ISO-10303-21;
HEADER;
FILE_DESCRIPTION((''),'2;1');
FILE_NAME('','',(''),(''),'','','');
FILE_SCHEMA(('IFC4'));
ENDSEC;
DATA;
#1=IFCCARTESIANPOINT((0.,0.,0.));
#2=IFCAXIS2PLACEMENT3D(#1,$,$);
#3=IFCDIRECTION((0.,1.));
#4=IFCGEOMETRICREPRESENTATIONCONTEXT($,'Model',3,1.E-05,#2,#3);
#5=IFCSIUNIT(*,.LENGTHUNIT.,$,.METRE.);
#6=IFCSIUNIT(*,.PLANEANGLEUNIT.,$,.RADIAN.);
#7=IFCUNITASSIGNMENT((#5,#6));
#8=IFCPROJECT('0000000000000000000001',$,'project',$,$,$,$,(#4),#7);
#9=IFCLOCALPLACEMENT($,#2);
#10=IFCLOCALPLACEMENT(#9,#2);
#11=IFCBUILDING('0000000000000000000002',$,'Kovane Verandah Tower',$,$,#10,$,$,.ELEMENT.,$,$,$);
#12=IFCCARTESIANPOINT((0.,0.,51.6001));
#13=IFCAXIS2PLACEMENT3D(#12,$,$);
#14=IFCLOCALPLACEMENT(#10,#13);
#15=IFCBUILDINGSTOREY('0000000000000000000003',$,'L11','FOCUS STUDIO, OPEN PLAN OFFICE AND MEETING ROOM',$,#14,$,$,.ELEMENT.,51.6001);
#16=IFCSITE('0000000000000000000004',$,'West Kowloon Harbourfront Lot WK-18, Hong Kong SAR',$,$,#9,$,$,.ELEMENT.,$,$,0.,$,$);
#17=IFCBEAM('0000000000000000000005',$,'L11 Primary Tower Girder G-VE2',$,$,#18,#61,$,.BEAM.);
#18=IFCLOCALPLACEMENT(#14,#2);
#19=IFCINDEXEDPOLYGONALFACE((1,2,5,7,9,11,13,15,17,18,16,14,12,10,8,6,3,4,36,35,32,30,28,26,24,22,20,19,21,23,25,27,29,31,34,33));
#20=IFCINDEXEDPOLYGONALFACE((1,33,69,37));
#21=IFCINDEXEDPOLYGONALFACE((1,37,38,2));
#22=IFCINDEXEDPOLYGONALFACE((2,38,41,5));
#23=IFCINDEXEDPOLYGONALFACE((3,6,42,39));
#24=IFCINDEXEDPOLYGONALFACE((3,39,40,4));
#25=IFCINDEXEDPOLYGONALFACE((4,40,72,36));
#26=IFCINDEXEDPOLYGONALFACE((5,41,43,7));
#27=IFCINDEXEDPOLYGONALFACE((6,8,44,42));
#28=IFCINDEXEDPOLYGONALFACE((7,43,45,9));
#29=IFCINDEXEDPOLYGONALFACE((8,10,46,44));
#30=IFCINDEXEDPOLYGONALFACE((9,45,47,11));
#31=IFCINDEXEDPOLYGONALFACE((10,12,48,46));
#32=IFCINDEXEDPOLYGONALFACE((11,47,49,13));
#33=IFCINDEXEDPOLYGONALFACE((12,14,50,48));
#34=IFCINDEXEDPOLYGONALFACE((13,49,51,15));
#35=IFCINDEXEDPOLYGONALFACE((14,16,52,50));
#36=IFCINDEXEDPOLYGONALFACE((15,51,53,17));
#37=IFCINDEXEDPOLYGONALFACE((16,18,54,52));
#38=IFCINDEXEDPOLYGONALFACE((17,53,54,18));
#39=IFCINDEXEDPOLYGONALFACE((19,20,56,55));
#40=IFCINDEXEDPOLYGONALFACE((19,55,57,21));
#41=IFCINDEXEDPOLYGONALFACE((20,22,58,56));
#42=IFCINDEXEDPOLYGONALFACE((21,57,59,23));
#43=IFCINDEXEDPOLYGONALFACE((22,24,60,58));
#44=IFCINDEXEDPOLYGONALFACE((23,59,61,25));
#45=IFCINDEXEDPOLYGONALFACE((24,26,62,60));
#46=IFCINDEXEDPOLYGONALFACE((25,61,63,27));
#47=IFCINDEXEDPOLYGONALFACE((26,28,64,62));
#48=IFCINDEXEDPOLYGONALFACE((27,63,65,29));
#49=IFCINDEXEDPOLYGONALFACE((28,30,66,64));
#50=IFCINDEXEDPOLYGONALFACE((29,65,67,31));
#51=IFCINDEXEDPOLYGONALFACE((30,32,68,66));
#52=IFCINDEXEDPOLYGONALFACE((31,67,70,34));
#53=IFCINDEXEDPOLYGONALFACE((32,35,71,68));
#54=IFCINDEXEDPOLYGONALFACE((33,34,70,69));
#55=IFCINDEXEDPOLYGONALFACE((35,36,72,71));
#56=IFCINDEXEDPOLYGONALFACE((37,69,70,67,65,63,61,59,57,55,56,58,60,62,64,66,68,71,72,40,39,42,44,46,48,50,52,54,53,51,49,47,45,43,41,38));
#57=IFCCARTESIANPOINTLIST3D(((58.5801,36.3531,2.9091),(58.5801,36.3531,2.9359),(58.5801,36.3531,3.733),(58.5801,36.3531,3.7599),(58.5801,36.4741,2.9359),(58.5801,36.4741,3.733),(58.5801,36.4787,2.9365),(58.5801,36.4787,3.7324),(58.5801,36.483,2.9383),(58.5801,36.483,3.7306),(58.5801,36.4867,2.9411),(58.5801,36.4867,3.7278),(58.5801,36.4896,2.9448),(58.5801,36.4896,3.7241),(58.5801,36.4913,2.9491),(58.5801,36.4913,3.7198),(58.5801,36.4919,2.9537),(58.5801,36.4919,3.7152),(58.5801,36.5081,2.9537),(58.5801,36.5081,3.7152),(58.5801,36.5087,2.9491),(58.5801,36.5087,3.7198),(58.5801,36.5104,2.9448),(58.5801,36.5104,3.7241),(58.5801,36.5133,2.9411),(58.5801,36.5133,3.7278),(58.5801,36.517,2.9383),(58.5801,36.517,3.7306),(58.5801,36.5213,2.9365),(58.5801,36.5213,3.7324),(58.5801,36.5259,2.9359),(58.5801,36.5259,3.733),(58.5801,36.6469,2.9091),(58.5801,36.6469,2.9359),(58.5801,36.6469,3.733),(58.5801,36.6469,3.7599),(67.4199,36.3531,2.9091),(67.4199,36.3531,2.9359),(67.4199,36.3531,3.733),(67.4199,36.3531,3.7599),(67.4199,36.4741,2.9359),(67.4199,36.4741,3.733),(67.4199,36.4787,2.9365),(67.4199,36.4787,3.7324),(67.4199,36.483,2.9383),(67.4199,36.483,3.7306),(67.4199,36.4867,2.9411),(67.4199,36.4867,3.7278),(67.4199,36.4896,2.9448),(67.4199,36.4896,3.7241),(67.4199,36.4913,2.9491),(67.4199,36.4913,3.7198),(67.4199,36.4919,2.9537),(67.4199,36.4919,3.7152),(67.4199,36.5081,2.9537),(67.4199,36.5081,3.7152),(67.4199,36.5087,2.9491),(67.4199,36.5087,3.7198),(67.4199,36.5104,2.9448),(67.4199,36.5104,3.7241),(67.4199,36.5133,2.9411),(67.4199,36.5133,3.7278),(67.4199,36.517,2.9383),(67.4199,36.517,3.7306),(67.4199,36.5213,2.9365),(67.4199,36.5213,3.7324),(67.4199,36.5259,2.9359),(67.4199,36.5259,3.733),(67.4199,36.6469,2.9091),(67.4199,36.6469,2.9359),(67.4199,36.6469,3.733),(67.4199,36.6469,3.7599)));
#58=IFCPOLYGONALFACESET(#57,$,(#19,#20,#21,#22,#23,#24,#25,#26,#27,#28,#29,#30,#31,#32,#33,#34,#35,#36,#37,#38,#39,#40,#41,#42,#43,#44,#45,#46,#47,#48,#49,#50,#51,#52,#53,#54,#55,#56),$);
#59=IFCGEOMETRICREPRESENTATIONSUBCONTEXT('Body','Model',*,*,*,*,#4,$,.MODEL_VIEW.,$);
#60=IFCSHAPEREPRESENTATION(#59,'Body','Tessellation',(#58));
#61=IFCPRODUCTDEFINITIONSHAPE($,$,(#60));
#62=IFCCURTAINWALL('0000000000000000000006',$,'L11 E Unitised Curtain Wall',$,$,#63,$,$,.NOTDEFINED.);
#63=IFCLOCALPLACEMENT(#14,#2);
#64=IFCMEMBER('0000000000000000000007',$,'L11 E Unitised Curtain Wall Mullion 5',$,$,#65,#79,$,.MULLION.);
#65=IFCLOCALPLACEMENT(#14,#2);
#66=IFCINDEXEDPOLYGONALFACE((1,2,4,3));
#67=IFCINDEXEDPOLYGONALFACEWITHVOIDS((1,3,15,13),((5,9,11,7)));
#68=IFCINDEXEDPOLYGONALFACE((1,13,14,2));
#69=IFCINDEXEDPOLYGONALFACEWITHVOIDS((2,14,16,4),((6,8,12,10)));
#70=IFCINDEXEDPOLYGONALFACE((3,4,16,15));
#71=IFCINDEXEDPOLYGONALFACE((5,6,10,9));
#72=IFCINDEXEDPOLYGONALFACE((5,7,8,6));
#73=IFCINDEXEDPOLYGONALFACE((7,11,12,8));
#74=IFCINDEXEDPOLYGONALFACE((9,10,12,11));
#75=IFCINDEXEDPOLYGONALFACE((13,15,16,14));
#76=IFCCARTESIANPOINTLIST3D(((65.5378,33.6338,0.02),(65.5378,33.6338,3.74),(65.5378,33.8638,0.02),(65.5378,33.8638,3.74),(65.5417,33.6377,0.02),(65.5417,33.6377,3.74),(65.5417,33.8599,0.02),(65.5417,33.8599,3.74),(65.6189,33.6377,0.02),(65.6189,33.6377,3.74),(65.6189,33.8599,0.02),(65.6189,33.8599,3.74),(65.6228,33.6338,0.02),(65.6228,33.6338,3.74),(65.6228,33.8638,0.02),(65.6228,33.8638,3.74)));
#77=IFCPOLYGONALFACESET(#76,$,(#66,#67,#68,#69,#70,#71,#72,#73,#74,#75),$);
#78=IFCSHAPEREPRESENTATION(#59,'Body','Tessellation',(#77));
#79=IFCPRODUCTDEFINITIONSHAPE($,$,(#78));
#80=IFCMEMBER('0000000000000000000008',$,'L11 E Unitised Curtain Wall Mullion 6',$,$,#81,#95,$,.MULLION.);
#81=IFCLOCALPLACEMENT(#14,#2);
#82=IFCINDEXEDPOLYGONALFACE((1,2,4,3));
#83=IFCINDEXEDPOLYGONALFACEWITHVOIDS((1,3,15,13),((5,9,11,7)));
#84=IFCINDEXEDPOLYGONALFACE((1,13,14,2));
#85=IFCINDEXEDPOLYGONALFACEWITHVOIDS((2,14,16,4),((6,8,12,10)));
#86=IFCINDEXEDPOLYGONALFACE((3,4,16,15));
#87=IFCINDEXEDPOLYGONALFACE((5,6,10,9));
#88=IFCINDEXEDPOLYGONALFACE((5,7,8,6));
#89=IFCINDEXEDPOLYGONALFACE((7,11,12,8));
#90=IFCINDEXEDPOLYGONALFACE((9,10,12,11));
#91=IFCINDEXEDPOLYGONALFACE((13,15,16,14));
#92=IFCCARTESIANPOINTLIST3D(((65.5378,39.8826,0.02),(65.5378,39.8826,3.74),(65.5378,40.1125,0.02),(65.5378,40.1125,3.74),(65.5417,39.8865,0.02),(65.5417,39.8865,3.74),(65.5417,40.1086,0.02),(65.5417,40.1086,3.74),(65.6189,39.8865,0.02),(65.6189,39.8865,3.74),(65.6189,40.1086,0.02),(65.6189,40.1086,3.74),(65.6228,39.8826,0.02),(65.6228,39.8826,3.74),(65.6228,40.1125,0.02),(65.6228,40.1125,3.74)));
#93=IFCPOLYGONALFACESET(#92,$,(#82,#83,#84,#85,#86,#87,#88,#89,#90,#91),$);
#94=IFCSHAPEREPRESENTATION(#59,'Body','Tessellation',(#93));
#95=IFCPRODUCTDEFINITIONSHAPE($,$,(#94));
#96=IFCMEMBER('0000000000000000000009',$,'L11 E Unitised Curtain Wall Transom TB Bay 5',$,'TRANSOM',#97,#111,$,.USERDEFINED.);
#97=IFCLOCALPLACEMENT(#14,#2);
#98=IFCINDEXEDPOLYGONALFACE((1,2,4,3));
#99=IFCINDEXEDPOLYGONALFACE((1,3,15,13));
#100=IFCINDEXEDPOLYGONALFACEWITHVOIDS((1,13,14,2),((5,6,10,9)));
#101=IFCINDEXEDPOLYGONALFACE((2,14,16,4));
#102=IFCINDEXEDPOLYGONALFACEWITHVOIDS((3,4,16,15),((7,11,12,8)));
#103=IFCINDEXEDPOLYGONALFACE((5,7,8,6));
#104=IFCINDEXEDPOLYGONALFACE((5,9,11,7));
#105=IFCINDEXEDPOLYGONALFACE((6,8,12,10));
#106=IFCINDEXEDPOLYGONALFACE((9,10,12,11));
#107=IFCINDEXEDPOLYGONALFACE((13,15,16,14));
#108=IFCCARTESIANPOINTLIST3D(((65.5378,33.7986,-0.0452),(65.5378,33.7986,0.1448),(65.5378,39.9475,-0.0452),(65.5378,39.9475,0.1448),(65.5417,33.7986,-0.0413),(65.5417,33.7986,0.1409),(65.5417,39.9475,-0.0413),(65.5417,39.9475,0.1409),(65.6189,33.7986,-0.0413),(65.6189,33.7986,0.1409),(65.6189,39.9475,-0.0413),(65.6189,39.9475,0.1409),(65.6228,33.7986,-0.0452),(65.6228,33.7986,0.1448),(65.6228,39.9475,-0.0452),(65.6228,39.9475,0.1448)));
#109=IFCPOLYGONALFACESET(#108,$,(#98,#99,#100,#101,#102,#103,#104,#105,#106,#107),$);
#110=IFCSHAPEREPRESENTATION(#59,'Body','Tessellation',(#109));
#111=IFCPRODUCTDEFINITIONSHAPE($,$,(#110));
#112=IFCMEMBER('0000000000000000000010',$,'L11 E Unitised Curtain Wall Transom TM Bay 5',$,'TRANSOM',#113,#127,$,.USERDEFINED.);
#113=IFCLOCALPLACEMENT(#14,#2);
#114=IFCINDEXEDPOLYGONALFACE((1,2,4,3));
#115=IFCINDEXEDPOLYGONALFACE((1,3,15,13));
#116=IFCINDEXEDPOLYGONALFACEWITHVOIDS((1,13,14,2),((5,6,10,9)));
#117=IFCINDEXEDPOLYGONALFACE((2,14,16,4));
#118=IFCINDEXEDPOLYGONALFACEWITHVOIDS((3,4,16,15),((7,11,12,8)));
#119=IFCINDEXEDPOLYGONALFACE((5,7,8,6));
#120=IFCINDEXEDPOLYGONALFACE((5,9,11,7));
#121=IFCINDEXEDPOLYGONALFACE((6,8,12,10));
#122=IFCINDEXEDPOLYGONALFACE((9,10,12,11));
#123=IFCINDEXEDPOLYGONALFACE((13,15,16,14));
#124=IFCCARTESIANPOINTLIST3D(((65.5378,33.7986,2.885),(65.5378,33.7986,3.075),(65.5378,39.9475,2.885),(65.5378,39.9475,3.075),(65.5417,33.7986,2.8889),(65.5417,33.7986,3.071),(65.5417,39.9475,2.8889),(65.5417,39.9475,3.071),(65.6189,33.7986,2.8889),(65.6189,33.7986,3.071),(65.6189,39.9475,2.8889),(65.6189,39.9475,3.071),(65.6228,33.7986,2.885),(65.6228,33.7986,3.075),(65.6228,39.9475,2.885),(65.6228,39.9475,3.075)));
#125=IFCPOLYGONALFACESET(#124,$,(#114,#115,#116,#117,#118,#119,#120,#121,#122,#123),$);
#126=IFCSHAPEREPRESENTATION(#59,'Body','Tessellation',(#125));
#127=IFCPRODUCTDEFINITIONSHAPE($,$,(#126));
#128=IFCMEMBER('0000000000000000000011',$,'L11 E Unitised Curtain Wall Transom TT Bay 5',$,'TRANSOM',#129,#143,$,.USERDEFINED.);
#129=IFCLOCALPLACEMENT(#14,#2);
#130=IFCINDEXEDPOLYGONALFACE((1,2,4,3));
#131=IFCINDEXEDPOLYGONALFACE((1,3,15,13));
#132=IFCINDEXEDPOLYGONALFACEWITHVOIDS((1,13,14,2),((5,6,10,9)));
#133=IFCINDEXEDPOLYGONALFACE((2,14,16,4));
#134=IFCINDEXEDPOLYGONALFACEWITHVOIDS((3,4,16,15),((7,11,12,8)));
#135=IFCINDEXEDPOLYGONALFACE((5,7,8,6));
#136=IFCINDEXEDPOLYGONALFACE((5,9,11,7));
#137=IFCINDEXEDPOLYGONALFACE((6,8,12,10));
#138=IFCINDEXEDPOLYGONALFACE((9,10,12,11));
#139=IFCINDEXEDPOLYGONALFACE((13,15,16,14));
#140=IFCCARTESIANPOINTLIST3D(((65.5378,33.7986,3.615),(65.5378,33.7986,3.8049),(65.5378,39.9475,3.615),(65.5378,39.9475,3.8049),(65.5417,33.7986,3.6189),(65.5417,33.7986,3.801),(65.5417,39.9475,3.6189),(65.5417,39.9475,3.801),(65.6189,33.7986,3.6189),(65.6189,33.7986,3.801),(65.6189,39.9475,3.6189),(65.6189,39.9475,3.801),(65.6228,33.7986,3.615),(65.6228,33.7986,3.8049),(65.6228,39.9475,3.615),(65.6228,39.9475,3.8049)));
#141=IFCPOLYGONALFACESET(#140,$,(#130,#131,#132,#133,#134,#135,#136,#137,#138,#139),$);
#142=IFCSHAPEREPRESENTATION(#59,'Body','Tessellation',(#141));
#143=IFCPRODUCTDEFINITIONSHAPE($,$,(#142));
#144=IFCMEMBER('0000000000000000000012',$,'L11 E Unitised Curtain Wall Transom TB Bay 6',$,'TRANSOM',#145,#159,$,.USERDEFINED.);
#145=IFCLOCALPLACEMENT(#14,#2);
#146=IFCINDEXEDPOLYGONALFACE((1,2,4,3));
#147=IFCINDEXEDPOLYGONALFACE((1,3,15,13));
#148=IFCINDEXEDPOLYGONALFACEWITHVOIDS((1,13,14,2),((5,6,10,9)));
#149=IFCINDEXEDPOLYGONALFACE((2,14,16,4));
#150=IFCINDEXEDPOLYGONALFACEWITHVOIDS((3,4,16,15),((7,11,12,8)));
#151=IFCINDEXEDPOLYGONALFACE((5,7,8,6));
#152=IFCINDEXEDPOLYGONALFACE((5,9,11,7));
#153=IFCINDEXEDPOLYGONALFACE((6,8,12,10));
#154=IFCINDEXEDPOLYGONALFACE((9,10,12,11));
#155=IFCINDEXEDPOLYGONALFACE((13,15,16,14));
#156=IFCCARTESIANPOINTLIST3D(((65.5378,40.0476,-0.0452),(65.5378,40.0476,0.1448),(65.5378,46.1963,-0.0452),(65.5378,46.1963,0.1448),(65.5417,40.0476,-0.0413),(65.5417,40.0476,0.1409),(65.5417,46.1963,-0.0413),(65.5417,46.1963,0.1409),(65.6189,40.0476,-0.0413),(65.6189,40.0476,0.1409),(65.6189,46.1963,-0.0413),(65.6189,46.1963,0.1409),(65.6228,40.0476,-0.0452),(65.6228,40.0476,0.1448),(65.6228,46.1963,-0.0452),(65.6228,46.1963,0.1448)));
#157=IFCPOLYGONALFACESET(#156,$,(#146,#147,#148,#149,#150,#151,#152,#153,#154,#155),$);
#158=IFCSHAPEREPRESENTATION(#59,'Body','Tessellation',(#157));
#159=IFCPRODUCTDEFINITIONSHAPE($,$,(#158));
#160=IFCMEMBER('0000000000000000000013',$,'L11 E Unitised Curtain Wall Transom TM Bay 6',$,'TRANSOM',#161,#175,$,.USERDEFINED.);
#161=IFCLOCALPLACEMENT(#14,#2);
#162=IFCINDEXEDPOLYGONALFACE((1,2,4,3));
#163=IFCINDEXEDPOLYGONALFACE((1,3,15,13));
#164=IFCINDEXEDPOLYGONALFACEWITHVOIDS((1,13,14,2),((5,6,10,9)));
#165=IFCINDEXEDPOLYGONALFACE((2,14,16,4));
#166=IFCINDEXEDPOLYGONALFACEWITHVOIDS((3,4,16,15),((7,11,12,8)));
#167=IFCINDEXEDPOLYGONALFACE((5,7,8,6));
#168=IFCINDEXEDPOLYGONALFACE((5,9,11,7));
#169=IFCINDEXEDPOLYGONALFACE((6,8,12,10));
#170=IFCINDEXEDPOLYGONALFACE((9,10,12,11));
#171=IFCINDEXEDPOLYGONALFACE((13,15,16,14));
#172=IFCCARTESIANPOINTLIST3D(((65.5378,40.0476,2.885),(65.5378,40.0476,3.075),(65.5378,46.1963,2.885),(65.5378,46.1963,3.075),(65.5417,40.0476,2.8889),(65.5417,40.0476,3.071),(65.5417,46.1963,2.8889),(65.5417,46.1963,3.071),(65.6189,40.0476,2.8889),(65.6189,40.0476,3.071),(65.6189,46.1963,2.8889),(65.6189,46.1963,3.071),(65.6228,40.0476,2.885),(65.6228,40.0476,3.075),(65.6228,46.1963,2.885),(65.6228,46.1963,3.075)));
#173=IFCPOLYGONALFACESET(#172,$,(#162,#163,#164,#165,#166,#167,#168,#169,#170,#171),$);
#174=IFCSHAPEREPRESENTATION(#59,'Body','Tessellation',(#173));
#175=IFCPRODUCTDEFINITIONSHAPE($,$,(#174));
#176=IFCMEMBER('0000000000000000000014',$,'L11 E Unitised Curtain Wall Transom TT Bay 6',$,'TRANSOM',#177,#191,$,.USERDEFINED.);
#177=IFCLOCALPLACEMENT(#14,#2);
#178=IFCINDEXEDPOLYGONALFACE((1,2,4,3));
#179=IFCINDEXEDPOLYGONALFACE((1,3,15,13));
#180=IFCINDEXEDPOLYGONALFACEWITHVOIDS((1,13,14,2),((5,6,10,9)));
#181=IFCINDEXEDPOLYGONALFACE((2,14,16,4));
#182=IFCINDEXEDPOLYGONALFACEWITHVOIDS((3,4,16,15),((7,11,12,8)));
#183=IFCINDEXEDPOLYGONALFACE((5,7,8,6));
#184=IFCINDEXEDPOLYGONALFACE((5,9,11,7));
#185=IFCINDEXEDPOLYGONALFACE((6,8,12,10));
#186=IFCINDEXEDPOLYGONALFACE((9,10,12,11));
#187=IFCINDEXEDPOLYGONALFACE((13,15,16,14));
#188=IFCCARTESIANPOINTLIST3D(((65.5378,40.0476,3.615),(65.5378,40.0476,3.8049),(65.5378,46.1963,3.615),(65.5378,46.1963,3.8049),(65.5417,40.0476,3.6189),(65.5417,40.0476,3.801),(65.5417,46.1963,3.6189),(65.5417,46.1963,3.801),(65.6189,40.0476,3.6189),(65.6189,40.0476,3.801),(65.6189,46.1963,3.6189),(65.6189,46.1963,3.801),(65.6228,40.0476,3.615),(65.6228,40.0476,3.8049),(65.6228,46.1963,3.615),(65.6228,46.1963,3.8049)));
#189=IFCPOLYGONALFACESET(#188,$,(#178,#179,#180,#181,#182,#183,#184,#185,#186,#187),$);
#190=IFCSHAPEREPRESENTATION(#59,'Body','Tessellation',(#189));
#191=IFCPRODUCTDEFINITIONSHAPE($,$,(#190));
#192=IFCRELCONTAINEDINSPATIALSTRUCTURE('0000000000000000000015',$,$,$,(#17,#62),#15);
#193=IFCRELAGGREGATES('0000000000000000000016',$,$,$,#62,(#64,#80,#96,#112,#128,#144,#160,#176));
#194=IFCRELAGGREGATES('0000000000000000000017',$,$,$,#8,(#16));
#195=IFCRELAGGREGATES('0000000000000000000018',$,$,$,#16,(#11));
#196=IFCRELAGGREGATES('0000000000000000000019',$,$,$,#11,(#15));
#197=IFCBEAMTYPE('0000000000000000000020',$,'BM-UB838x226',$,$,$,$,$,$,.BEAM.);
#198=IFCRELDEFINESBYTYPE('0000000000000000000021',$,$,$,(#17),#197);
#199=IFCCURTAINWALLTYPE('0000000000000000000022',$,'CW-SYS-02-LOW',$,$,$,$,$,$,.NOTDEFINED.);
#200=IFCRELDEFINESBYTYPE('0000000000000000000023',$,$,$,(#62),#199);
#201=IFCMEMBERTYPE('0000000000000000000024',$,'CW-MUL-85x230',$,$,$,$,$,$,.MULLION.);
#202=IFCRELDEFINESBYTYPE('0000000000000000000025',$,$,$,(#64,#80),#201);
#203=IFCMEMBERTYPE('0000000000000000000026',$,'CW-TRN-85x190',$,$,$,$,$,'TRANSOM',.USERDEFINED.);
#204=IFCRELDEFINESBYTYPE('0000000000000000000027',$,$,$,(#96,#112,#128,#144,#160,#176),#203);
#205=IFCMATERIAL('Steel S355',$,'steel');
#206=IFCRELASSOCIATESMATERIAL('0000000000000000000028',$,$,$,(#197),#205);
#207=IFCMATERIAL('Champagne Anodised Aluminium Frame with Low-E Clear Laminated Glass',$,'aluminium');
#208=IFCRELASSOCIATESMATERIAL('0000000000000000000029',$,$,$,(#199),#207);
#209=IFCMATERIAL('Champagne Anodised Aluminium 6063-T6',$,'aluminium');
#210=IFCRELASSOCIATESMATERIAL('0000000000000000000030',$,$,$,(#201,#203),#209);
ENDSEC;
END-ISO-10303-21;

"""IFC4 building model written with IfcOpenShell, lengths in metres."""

from ifc_helpers import new_model, si_unit, direction, frame, origin, origin_2d, place, context, subcontext, project, spatial, hollow_rectangle, i_section, extrude, material, material_profile, profile_set, type_object, element, aggregate, save


model = new_model("IFC4")

# Units and contexts
model_context = context("Model", 3, precision=1e-05, world=origin(), true_north=direction((0.0, 1.0)))
body_context = subcontext(model_context, "Body", "Model", "MODEL_VIEW")
ifc_project = project(units=[si_unit("LENGTHUNIT", "METRE"), si_unit("PLANEANGLEUNIT", "RADIAN")], contexts=[model_context])

# Site, building, storey
site_placement = place(None, origin())
site = spatial("IfcSite", under=ifc_project, at=site_placement, Name="West Kowloon Harbourfront Lot WK-18, Hong Kong SAR", CompositionType="ELEMENT", RefElevation=0.0)
building_placement = place(site_placement, origin())
building = spatial("IfcBuilding", under=site, at=building_placement, Name="Kovane Verandah Tower", CompositionType="ELEMENT")
storey_placement = place(building_placement, frame((0.0, 0.0, 51.6001)))
storey = spatial("IfcBuildingStorey", under=building, at=storey_placement, Name="L11", Description="FOCUS STUDIO, OPEN PLAN OFFICE AND MEETING ROOM", CompositionType="ELEMENT", Elevation=51.6001)

# Beam
ifc_material_1 = material(Name="Steel S355", Category="steel")
ifc_material_profile_1 = material_profile(ifc_material_1, i_section(OverallWidth=0.2937, OverallDepth=0.8508, WebThickness=0.0161, FlangeThickness=0.0269, FilletRadius=0.0178, at=origin_2d()), Name="UB838x292x226")
ifc_profile_set_1 = profile_set([ifc_material_profile_1], Name="Steel S355")
beam_type_1 = type_object("IfcBeamType", Name="BM-UB838x226", PredefinedType="BEAM", material=ifc_profile_set_1)
beam_1_placement = place(storey_placement, frame((58.5801, 36.5, 3.3345), z_axis=(1.0, 0.0, 0.0), x_axis=(0.0, 1.0, 0.0)))
element("IfcBeam", 1, at=beam_1_placement, inside=storey, type_object=beam_type_1, Name="L11 Primary Tower Girder G-VE2", PredefinedType="BEAM", context=body_context, shape_type="SweptSolid", body=[
    extrude(i_section(OverallWidth=0.2937, OverallDepth=0.8508, WebThickness=0.0161, FlangeThickness=0.0269, FilletRadius=0.0178, at=origin_2d()), origin(), (0.0, 0.0, 1.0), 8.8398),
])

# Curtain wall, members
ifc_material_2 = material(Name="Champagne Anodised Aluminium Frame with Low-E Clear Laminated Glass", Category="aluminium")
curtain_wall_type = type_object("IfcCurtainWallType", Name="CW-SYS-02-LOW", PredefinedType="NOTDEFINED", material=ifc_material_2)
curtain_wall_placement = place(storey_placement, origin())
curtain_wall = element("IfcCurtainWall", 2, at=curtain_wall_placement, inside=storey, type_object=curtain_wall_type, Name="L11 E Unitised Curtain Wall", PredefinedType="NOTDEFINED")
ifc_material_3 = material(Name="Champagne Anodised Aluminium 6063-T6", Category="aluminium")
ifc_material_profile_2 = material_profile(ifc_material_3, hollow_rectangle(XDim=0.085, YDim=0.23, WallThickness=0.0039, at=origin_2d()), Name="AL85x230x4")
ifc_profile_set_2 = profile_set([ifc_material_profile_2], Name="Champagne Anodised Aluminium 6063-T6")
member_type_1 = type_object("IfcMemberType", Name="CW-MUL-85x230", PredefinedType="MULLION", material=ifc_profile_set_2)
member_1_placement = place(storey_placement, frame((65.5803, 33.7488, 0.02), z_axis=(0.0, 0.0, 1.0), x_axis=(1.0, 0.0, 0.0)))
member_1 = element("IfcMember", 3, at=member_1_placement, type_object=member_type_1, Name="L11 E Unitised Curtain Wall Mullion 5", PredefinedType="MULLION", context=body_context, shape_type="SweptSolid", body=[
    extrude(hollow_rectangle(XDim=0.085, YDim=0.23, WallThickness=0.0039, at=origin_2d()), origin(), (0.0, 0.0, 1.0), 3.72),
])
member_2_placement = place(storey_placement, frame((65.5803, 39.9976, 0.02), z_axis=(0.0, 0.0, 1.0), x_axis=(1.0, 0.0, 0.0)))
member_2 = element("IfcMember", 4, at=member_2_placement, type_object=member_type_1, Name="L11 E Unitised Curtain Wall Mullion 6", PredefinedType="MULLION", context=body_context, shape_type="SweptSolid", body=[
    extrude(hollow_rectangle(XDim=0.085, YDim=0.23, WallThickness=0.0039, at=origin_2d()), origin(), (0.0, 0.0, 1.0), 3.72),
])
ifc_material_profile_3 = material_profile(ifc_material_3, hollow_rectangle(XDim=0.085, YDim=0.1899, WallThickness=0.0039, at=origin_2d()), Name="AL85x190x4")
ifc_profile_set_3 = profile_set([ifc_material_profile_3], Name="Champagne Anodised Aluminium 6063-T6")
member_type_2 = type_object("IfcMemberType", Name="CW-TRN-85x190", ElementType="TRANSOM", PredefinedType="USERDEFINED", material=ifc_profile_set_3)
member_3_placement = place(storey_placement, frame((65.5803, 33.7986, 0.0498), z_axis=(0.0, 1.0, 0.0), x_axis=(-1.0, 0.0, 0.0)))
member_3 = element("IfcMember", 5, at=member_3_placement, type_object=member_type_2, Name="L11 E Unitised Curtain Wall Transom TB Bay 5", ObjectType="TRANSOM", PredefinedType="USERDEFINED", context=body_context, shape_type="SweptSolid", body=[
    extrude(hollow_rectangle(XDim=0.085, YDim=0.1899, WallThickness=0.0039, at=origin_2d()), origin(), (0.0, 0.0, 1.0), 6.1489),
])
member_4_placement = place(storey_placement, frame((65.5803, 33.7986, 2.98), z_axis=(0.0, 1.0, 0.0), x_axis=(-1.0, 0.0, 0.0)))
member_4 = element("IfcMember", 6, at=member_4_placement, type_object=member_type_2, Name="L11 E Unitised Curtain Wall Transom TM Bay 5", ObjectType="TRANSOM", PredefinedType="USERDEFINED", context=body_context, shape_type="SweptSolid", body=[
    extrude(hollow_rectangle(XDim=0.085, YDim=0.1899, WallThickness=0.0039, at=origin_2d()), origin(), (0.0, 0.0, 1.0), 6.1489),
])
member_5_placement = place(storey_placement, frame((65.5803, 33.7986, 3.71), z_axis=(0.0, 1.0, 0.0), x_axis=(-1.0, 0.0, 0.0)))
member_5 = element("IfcMember", 7, at=member_5_placement, type_object=member_type_2, Name="L11 E Unitised Curtain Wall Transom TT Bay 5", ObjectType="TRANSOM", PredefinedType="USERDEFINED", context=body_context, shape_type="SweptSolid", body=[
    extrude(hollow_rectangle(XDim=0.085, YDim=0.1899, WallThickness=0.0039, at=origin_2d()), origin(), (0.0, 0.0, 1.0), 6.1489),
])
member_6_placement = place(storey_placement, frame((65.5803, 40.0476, 0.0498), z_axis=(0.0, 1.0, 0.0), x_axis=(-1.0, 0.0, 0.0)))
member_6 = element("IfcMember", 8, at=member_6_placement, type_object=member_type_2, Name="L11 E Unitised Curtain Wall Transom TB Bay 6", ObjectType="TRANSOM", PredefinedType="USERDEFINED", context=body_context, shape_type="SweptSolid", body=[
    extrude(hollow_rectangle(XDim=0.085, YDim=0.1899, WallThickness=0.0039, at=origin_2d()), origin(), (0.0, 0.0, 1.0), 6.1487),
])
member_7_placement = place(storey_placement, frame((65.5803, 40.0476, 2.98), z_axis=(0.0, 1.0, 0.0), x_axis=(-1.0, 0.0, 0.0)))
member_7 = element("IfcMember", 9, at=member_7_placement, type_object=member_type_2, Name="L11 E Unitised Curtain Wall Transom TM Bay 6", ObjectType="TRANSOM", PredefinedType="USERDEFINED", context=body_context, shape_type="SweptSolid", body=[
    extrude(hollow_rectangle(XDim=0.085, YDim=0.1899, WallThickness=0.0039, at=origin_2d()), origin(), (0.0, 0.0, 1.0), 6.1487),
])
member_8_placement = place(storey_placement, frame((65.5803, 40.0476, 3.71), z_axis=(0.0, 1.0, 0.0), x_axis=(-1.0, 0.0, 0.0)))
member_8 = element("IfcMember", 10, at=member_8_placement, type_object=member_type_2, Name="L11 E Unitised Curtain Wall Transom TT Bay 6", ObjectType="TRANSOM", PredefinedType="USERDEFINED", context=body_context, shape_type="SweptSolid", body=[
    extrude(hollow_rectangle(XDim=0.085, YDim=0.1899, WallThickness=0.0039, at=origin_2d()), origin(), (0.0, 0.0, 1.0), 6.1487),
])

aggregate(curtain_wall, [member_1, member_2, member_3, member_4, member_5, member_6, member_7, member_8])

save(model, "model.ifc")
